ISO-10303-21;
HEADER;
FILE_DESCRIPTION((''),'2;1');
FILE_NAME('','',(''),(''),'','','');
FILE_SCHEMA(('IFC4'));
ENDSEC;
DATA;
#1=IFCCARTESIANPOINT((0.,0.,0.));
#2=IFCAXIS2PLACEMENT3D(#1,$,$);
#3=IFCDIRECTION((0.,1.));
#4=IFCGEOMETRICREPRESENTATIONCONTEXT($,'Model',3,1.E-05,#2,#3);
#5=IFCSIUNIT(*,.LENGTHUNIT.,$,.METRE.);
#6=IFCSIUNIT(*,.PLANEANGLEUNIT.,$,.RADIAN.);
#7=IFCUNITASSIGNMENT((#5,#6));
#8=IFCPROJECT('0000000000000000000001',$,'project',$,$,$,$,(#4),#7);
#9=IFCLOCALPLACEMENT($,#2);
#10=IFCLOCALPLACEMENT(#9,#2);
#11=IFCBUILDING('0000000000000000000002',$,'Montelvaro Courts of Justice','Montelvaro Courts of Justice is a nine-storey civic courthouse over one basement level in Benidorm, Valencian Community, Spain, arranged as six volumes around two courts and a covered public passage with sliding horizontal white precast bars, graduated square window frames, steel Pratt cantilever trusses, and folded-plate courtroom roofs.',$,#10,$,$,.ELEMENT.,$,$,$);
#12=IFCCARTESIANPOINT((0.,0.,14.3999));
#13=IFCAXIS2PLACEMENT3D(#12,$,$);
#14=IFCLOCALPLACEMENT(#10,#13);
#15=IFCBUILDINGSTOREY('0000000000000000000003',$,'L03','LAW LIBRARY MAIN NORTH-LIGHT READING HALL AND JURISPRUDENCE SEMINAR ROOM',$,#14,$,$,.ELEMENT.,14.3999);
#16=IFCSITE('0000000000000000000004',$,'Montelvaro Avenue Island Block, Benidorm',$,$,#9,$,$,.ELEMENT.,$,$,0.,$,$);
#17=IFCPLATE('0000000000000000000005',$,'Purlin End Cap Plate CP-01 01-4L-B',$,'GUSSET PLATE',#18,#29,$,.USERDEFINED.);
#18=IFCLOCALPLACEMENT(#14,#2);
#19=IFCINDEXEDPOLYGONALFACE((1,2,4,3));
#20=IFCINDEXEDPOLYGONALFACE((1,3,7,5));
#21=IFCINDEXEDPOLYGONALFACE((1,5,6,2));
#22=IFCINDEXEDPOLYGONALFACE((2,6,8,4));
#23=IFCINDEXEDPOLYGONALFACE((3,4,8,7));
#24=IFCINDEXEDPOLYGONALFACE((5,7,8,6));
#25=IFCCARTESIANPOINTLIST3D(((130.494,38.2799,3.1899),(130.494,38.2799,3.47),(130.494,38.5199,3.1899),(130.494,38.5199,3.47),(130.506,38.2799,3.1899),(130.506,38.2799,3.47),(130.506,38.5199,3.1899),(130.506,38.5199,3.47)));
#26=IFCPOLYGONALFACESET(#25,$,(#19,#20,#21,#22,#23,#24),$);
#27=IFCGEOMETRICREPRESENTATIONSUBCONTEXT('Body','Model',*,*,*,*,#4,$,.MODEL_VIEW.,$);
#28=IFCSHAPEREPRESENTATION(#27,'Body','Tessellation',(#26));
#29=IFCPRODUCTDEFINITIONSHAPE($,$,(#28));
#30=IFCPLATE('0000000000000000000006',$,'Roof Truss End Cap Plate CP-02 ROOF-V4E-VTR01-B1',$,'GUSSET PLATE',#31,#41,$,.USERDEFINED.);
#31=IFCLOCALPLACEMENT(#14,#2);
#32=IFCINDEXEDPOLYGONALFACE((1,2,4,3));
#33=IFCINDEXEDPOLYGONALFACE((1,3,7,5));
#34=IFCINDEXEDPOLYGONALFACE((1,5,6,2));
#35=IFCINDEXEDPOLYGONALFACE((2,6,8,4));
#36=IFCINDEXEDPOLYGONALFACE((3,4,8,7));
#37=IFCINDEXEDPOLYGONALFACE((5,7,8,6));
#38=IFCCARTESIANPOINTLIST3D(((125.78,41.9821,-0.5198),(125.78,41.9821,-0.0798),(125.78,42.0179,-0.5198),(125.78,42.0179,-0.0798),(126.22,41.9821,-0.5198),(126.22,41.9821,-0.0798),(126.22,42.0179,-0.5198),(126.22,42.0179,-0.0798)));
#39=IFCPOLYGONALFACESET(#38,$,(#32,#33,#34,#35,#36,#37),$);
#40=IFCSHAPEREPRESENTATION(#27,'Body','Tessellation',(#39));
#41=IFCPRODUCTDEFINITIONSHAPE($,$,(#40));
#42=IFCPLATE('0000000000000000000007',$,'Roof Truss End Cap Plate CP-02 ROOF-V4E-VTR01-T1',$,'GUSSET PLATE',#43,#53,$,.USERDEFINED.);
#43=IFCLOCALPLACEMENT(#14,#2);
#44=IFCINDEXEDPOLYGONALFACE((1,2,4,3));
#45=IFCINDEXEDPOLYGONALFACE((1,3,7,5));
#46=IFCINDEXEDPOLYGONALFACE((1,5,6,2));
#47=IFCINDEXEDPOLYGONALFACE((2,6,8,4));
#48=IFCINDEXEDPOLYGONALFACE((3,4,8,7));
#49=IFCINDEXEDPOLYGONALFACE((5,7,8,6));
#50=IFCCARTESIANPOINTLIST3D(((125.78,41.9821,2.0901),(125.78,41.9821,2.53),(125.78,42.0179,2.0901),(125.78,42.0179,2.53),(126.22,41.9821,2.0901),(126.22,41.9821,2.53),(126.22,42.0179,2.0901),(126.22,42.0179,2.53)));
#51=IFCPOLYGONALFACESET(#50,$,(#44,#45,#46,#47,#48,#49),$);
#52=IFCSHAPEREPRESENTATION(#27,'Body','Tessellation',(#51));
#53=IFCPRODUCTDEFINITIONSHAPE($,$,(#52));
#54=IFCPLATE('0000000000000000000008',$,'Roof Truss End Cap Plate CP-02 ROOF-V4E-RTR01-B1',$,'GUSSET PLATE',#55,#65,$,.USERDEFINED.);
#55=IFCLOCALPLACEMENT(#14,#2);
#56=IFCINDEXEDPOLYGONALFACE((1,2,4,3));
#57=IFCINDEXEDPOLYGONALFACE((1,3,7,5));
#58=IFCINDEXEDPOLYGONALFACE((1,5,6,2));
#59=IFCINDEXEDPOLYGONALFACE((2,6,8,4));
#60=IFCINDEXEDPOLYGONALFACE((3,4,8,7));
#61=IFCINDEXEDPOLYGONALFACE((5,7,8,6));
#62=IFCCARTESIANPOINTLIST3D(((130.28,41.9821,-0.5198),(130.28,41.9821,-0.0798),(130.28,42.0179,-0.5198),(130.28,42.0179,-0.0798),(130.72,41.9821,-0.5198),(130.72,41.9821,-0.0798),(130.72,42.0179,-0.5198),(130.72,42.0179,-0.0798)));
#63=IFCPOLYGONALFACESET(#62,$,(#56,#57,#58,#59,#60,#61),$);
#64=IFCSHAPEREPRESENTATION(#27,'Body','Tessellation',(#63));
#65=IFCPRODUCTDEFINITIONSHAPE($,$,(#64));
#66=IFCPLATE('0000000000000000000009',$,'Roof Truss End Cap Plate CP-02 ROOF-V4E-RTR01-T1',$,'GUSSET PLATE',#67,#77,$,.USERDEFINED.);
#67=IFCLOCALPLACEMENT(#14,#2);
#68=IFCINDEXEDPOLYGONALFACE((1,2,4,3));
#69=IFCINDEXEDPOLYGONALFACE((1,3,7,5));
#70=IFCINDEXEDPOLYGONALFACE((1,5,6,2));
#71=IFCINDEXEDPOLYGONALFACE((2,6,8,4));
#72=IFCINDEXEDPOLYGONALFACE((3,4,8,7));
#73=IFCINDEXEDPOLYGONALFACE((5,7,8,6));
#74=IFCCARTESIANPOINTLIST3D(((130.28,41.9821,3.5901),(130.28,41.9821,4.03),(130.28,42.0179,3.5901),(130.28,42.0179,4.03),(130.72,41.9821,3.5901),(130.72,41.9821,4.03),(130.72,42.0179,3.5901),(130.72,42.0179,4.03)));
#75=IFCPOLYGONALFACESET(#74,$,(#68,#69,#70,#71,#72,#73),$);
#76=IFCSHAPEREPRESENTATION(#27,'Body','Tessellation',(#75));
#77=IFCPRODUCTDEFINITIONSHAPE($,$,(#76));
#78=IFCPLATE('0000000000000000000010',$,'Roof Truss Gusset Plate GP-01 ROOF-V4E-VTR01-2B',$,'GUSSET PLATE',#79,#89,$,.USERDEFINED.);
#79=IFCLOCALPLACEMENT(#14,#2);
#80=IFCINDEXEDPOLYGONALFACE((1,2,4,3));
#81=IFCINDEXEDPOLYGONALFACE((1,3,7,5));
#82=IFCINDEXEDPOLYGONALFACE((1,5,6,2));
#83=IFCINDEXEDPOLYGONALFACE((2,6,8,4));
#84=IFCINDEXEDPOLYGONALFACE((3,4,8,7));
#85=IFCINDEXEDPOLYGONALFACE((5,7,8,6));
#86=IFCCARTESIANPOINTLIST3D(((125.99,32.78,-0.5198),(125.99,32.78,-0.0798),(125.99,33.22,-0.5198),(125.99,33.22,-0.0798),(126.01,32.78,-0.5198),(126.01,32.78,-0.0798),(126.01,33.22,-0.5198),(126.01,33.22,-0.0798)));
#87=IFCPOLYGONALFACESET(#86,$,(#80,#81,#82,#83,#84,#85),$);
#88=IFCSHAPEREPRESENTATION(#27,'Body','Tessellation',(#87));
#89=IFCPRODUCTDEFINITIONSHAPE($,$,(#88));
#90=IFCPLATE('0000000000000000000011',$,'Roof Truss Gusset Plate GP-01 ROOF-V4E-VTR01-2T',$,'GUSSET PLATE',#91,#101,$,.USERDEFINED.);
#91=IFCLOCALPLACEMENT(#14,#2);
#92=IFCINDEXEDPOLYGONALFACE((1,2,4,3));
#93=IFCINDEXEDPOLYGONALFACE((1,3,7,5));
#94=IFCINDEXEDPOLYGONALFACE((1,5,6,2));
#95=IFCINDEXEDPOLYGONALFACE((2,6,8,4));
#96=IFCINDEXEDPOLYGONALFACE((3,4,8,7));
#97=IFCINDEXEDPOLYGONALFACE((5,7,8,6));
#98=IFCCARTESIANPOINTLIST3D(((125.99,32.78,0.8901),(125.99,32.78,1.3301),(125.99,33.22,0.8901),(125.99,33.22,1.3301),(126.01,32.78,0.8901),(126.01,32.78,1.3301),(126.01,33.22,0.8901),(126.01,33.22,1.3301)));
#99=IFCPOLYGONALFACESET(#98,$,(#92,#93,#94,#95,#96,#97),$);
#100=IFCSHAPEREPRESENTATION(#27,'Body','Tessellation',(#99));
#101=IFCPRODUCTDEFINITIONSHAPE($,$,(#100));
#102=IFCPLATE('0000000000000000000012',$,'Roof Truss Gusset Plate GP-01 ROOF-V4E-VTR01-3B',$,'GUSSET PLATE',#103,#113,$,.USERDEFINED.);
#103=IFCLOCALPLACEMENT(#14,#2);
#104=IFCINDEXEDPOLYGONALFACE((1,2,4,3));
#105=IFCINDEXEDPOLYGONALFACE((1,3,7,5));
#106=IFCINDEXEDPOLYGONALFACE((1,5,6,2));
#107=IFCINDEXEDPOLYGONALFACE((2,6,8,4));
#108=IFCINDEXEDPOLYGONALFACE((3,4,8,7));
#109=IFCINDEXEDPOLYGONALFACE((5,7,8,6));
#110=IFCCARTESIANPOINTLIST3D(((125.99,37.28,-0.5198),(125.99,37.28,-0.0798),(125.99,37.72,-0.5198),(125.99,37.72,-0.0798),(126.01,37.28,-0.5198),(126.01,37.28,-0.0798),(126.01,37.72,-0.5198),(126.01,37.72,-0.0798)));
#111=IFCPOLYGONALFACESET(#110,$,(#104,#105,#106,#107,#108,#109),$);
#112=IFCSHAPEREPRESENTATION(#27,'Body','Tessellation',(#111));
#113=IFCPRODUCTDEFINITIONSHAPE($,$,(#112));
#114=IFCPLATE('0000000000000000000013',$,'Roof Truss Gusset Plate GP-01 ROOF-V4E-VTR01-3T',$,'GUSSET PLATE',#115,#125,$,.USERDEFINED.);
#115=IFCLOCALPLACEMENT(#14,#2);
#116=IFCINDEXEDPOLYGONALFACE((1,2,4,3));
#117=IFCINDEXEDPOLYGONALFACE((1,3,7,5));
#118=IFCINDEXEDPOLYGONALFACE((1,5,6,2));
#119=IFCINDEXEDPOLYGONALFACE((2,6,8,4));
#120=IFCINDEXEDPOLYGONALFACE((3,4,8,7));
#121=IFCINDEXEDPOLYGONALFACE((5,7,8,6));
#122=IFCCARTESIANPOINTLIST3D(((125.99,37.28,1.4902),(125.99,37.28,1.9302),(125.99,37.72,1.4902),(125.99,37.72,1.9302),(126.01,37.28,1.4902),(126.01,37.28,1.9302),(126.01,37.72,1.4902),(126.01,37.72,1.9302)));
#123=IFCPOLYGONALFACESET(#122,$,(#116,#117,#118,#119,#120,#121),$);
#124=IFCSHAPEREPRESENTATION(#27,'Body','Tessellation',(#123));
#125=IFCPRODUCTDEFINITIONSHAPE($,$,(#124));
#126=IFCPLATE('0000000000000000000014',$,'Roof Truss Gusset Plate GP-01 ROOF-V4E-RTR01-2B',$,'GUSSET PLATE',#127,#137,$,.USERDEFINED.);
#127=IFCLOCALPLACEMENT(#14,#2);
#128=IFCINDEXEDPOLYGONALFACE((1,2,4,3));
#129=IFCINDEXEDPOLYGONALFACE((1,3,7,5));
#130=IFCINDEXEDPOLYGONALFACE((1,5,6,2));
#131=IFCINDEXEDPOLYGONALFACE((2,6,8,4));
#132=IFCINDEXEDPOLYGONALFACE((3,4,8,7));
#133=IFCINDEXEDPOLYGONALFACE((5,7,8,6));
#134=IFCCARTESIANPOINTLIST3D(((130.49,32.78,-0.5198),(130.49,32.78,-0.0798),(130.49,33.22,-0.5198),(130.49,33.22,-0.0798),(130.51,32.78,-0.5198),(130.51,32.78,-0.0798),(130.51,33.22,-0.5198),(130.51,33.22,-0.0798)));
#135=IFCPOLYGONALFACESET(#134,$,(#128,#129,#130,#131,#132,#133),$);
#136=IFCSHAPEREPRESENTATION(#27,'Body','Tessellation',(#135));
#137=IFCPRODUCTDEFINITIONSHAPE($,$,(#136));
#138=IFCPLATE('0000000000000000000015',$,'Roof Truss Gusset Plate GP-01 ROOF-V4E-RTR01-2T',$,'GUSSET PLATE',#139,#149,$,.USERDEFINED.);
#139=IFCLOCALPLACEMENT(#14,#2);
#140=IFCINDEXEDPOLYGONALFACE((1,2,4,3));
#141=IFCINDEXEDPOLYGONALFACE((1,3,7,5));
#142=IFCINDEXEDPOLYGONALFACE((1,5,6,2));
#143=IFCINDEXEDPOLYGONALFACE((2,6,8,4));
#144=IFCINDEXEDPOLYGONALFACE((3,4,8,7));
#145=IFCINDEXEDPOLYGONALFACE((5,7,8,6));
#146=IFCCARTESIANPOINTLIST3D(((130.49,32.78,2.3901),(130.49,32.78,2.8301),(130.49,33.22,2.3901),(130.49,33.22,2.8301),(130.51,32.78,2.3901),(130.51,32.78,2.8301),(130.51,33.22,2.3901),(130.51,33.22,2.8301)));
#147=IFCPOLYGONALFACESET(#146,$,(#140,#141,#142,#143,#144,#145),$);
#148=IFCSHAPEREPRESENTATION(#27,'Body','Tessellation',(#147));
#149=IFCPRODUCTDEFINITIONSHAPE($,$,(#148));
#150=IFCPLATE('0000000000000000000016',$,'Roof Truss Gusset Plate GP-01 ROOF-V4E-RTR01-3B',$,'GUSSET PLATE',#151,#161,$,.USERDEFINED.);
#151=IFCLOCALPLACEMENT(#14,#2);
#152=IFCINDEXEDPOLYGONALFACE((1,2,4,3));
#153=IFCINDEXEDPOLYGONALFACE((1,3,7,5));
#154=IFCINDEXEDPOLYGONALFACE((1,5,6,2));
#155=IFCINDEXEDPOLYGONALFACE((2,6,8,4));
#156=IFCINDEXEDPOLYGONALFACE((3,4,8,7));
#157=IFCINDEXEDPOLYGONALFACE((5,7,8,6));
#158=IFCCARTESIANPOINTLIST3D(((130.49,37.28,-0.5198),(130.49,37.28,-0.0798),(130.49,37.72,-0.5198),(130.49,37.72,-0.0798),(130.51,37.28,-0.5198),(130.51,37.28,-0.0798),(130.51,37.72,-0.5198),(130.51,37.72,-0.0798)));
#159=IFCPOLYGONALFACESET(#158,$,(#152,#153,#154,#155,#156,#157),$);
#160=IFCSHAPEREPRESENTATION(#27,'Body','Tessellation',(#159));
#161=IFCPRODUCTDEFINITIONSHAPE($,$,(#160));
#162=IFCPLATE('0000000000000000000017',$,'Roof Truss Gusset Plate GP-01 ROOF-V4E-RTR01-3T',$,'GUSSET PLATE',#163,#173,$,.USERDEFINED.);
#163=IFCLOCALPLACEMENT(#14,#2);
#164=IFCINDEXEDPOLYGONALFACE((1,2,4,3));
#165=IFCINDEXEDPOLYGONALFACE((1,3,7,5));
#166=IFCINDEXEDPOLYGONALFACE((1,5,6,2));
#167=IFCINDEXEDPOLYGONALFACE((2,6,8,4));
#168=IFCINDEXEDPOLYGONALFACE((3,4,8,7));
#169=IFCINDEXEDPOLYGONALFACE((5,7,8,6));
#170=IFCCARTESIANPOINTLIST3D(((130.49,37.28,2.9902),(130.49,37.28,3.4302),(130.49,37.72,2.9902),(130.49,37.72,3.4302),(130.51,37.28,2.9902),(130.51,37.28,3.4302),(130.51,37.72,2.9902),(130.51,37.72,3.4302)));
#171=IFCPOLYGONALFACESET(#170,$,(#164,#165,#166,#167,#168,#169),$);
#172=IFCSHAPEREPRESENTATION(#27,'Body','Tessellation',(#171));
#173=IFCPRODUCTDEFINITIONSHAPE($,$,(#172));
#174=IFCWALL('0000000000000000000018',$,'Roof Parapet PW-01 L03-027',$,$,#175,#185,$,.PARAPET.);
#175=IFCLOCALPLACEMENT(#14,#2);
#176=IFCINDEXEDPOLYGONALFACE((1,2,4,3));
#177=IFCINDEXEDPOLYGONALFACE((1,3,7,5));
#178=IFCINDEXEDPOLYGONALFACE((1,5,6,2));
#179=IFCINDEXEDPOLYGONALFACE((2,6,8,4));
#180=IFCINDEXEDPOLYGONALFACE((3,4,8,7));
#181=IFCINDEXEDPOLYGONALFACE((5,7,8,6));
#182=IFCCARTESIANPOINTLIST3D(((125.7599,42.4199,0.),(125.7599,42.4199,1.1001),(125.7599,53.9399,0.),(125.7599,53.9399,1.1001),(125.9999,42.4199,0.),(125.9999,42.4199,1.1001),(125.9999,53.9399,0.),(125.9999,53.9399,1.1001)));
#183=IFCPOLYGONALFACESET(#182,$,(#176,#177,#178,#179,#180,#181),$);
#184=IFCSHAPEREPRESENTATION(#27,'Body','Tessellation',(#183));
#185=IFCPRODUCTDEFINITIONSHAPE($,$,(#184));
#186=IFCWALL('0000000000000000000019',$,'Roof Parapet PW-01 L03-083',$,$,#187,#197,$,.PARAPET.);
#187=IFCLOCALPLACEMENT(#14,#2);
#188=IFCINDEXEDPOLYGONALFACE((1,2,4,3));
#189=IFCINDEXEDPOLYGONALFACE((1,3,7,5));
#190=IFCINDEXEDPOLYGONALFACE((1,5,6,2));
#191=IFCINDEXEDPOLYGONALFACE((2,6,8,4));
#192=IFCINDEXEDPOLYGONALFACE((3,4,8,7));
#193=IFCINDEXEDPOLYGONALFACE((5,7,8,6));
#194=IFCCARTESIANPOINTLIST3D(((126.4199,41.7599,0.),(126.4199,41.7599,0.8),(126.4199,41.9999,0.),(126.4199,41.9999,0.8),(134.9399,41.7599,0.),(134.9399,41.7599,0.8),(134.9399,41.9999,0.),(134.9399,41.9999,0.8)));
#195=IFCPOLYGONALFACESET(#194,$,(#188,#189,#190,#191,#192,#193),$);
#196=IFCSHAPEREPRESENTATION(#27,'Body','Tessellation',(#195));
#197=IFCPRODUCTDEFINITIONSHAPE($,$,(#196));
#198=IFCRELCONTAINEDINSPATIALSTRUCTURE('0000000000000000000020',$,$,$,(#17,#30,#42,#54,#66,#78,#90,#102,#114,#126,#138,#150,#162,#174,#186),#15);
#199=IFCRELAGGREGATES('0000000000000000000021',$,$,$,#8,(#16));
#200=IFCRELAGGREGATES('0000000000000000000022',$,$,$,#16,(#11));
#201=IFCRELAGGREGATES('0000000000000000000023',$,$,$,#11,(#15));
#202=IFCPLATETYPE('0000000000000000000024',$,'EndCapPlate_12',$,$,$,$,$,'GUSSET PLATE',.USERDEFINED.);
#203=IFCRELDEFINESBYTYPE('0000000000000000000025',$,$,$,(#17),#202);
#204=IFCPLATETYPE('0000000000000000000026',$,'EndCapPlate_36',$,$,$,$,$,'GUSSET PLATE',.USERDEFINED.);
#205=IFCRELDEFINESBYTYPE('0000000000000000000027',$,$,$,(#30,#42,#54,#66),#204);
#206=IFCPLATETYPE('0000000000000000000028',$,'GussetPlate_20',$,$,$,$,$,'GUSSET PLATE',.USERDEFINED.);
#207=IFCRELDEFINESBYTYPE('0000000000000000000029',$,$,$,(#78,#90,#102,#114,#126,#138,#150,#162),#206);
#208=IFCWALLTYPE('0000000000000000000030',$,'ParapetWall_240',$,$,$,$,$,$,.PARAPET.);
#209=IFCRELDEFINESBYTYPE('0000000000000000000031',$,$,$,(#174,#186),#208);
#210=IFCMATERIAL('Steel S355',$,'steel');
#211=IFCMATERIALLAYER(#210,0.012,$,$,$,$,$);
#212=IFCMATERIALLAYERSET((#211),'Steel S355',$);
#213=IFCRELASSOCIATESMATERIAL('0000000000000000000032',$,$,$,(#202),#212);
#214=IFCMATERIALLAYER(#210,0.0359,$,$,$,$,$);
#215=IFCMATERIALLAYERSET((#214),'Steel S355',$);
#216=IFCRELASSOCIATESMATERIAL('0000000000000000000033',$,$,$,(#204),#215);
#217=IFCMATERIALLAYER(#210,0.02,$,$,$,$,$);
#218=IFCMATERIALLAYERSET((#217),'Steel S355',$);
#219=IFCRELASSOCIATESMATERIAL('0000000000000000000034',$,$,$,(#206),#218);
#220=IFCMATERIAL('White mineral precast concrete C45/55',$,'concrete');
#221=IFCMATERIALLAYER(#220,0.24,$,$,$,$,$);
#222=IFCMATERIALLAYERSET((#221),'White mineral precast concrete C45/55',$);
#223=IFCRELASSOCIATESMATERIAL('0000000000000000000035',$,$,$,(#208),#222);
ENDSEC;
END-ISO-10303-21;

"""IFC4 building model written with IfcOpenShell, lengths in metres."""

from ifc_helpers import new_model, si_unit, direction, frame, frame_2d, origin, origin_2d, place, context, subcontext, project, spatial, rectangle, extrude, material, layer, layer_set, type_object, element, save


model = new_model("IFC4")

# Units and contexts
model_context = context("Model", 3, precision=1e-05, world=origin(), true_north=direction((0.0, 1.0)))
body_context = subcontext(model_context, "Body", "Model", "MODEL_VIEW")
ifc_project = project(units=[si_unit("LENGTHUNIT", "METRE"), si_unit("PLANEANGLEUNIT", "RADIAN")], contexts=[model_context])

# Site, building, storey
site_placement = place(None, origin())
site = spatial("IfcSite", under=ifc_project, at=site_placement, Name="Montelvaro Avenue Island Block, Benidorm", CompositionType="ELEMENT", RefElevation=0.0)
building_placement = place(site_placement, origin())
building = spatial("IfcBuilding", under=site, at=building_placement, Name="Montelvaro Courts of Justice", Description="Montelvaro Courts of Justice is a nine-storey civic courthouse over one basement level in Benidorm, Valencian Community, Spain, arranged as six volumes around two courts and a covered public passage with sliding horizontal white precast bars, graduated square window frames, steel Pratt cantilever trusses, and folded-plate courtroom roofs.", CompositionType="ELEMENT")
storey_placement = place(building_placement, frame((0.0, 0.0, 14.3999)))
storey = spatial("IfcBuildingStorey", under=building, at=storey_placement, Name="L03", Description="LAW LIBRARY MAIN NORTH-LIGHT READING HALL AND JURISPRUDENCE SEMINAR ROOM", CompositionType="ELEMENT", Elevation=14.3999)

# Shared definitions
ifc_material_1 = material(Name="Steel S355", Category="steel")

# Plates
ifc_layer_1 = layer(ifc_material_1, 0.012)
ifc_layer_set_1 = layer_set([ifc_layer_1], Name="Steel S355")
plate_type_1 = type_object("IfcPlateType", Name="EndCapPlate_12", ElementType="GUSSET PLATE", PredefinedType="USERDEFINED", material=ifc_layer_set_1)
for number, where, z_axis, x_axis, name in (
    (1, (130.5, 38.3999, 3.1899), (0.0, 0.0, 1.0), (1.0, 0.0, 0.0), "Purlin End Cap Plate CP-01 01-4L-B"),
):
    element("IfcPlate", number, at=place(storey_placement, frame(where, z_axis=z_axis, x_axis=x_axis)), inside=storey, type_object=plate_type_1, Name=name, ObjectType="GUSSET PLATE", PredefinedType="USERDEFINED", context=body_context, shape_type="SweptSolid", body=[
        extrude(rectangle(XDim=0.012, YDim=0.24, at=origin_2d()), origin(), (0.0, 0.0, 1.0), 0.28),
    ])
ifc_layer_2 = layer(ifc_material_1, 0.0359)
ifc_layer_set_2 = layer_set([ifc_layer_2], Name="Steel S355")
plate_type_2 = type_object("IfcPlateType", Name="EndCapPlate_36", ElementType="GUSSET PLATE", PredefinedType="USERDEFINED", material=ifc_layer_set_2)
for number, where, z_axis, x_axis, name in (
    (2, (126.0, 42.0, -0.5198), (0.0, 0.0, 1.0), (1.0, 0.0, 0.0), "Roof Truss End Cap Plate CP-02 ROOF-V4E-VTR01-B1"),
    (3, (126.0, 42.0, 2.0901), (0.0, 0.0, 1.0), (1.0, 0.0, 0.0), "Roof Truss End Cap Plate CP-02 ROOF-V4E-VTR01-T1"),
    (4, (130.5, 42.0, -0.5198), (0.0, 0.0, 1.0), (1.0, 0.0, 0.0), "Roof Truss End Cap Plate CP-02 ROOF-V4E-RTR01-B1"),
    (5, (130.5, 42.0, 3.5901), (0.0, 0.0, 1.0), (1.0, 0.0, 0.0), "Roof Truss End Cap Plate CP-02 ROOF-V4E-RTR01-T1"),
):
    element("IfcPlate", number, at=place(storey_placement, frame(where, z_axis=z_axis, x_axis=x_axis)), inside=storey, type_object=plate_type_2, Name=name, ObjectType="GUSSET PLATE", PredefinedType="USERDEFINED", context=body_context, shape_type="SweptSolid", body=[
        extrude(rectangle(XDim=0.4399, YDim=0.0359, at=origin_2d()), origin(), (0.0, 0.0, 1.0), 0.4399),
    ])
ifc_layer_3 = layer(ifc_material_1, 0.02)
ifc_layer_set_3 = layer_set([ifc_layer_3], Name="Steel S355")
plate_type_3 = type_object("IfcPlateType", Name="GussetPlate_20", ElementType="GUSSET PLATE", PredefinedType="USERDEFINED", material=ifc_layer_set_3)
for number, where, z_axis, x_axis, name in (
    (6, (126.0, 33.0, -0.5198), (0.0, 0.0, 1.0), (1.0, 0.0, 0.0), "Roof Truss Gusset Plate GP-01 ROOF-V4E-VTR01-2B"),
    (7, (126.0, 33.0, 0.8901), (0.0, 0.0, 1.0), (1.0, 0.0, 0.0), "Roof Truss Gusset Plate GP-01 ROOF-V4E-VTR01-2T"),
    (8, (126.0, 37.5, -0.5198), (0.0, 0.0, 1.0), (1.0, 0.0, 0.0), "Roof Truss Gusset Plate GP-01 ROOF-V4E-VTR01-3B"),
    (9, (126.0, 37.5, 1.4902), (0.0, 0.0, 1.0), (1.0, 0.0, 0.0), "Roof Truss Gusset Plate GP-01 ROOF-V4E-VTR01-3T"),
    (10, (130.5, 33.0, -0.5198), (0.0, 0.0, 1.0), (1.0, 0.0, 0.0), "Roof Truss Gusset Plate GP-01 ROOF-V4E-RTR01-2B"),
    (11, (130.5, 33.0, 2.3901), (0.0, 0.0, 1.0), (1.0, 0.0, 0.0), "Roof Truss Gusset Plate GP-01 ROOF-V4E-RTR01-2T"),
    (12, (130.5, 37.5, -0.5198), (0.0, 0.0, 1.0), (1.0, 0.0, 0.0), "Roof Truss Gusset Plate GP-01 ROOF-V4E-RTR01-3B"),
    (13, (130.5, 37.5, 2.9902), (0.0, 0.0, 1.0), (1.0, 0.0, 0.0), "Roof Truss Gusset Plate GP-01 ROOF-V4E-RTR01-3T"),
):
    element("IfcPlate", number, at=place(storey_placement, frame(where, z_axis=z_axis, x_axis=x_axis)), inside=storey, type_object=plate_type_3, Name=name, ObjectType="GUSSET PLATE", PredefinedType="USERDEFINED", context=body_context, shape_type="SweptSolid", body=[
        extrude(rectangle(XDim=0.02, YDim=0.4399, at=origin_2d()), origin(), (0.0, 0.0, 1.0), 0.4399),
    ])

# Walls
ifc_material_2 = material(Name="White mineral precast concrete C45/55", Category="concrete")
ifc_layer_4 = layer(ifc_material_2, 0.24)
ifc_layer_set_4 = layer_set([ifc_layer_4], Name="White mineral precast concrete C45/55")
wall_type = type_object("IfcWallType", Name="ParapetWall_240", PredefinedType="PARAPET", material=ifc_layer_set_4)
wall_1_placement = place(storey_placement, frame((125.8799, 42.4199, 0.0), z_axis=(0.0, 0.0, 1.0), x_axis=(0.0, 1.0, 0.0)))
element("IfcWall", 14, at=wall_1_placement, inside=storey, type_object=wall_type, Name="Roof Parapet PW-01 L03-027", PredefinedType="PARAPET", context=body_context, shape_type="SweptSolid", body=[
    extrude(rectangle(XDim=11.52, YDim=0.24, at=frame_2d((5.76, 0.0))), origin(), (0.0, 0.0, 1.0), 1.1001),
])
wall_2_placement = place(storey_placement, frame((126.4199, 41.8799, 0.0), z_axis=(0.0, 0.0, 1.0), x_axis=(1.0, 0.0, 0.0)))
element("IfcWall", 15, at=wall_2_placement, inside=storey, type_object=wall_type, Name="Roof Parapet PW-01 L03-083", PredefinedType="PARAPET", context=body_context, shape_type="SweptSolid", body=[
    extrude(rectangle(XDim=8.52, YDim=0.24, at=frame_2d((4.26, 0.0))), origin(), (0.0, 0.0, 1.0), 0.8),
])

save(model, "model.ifc")
